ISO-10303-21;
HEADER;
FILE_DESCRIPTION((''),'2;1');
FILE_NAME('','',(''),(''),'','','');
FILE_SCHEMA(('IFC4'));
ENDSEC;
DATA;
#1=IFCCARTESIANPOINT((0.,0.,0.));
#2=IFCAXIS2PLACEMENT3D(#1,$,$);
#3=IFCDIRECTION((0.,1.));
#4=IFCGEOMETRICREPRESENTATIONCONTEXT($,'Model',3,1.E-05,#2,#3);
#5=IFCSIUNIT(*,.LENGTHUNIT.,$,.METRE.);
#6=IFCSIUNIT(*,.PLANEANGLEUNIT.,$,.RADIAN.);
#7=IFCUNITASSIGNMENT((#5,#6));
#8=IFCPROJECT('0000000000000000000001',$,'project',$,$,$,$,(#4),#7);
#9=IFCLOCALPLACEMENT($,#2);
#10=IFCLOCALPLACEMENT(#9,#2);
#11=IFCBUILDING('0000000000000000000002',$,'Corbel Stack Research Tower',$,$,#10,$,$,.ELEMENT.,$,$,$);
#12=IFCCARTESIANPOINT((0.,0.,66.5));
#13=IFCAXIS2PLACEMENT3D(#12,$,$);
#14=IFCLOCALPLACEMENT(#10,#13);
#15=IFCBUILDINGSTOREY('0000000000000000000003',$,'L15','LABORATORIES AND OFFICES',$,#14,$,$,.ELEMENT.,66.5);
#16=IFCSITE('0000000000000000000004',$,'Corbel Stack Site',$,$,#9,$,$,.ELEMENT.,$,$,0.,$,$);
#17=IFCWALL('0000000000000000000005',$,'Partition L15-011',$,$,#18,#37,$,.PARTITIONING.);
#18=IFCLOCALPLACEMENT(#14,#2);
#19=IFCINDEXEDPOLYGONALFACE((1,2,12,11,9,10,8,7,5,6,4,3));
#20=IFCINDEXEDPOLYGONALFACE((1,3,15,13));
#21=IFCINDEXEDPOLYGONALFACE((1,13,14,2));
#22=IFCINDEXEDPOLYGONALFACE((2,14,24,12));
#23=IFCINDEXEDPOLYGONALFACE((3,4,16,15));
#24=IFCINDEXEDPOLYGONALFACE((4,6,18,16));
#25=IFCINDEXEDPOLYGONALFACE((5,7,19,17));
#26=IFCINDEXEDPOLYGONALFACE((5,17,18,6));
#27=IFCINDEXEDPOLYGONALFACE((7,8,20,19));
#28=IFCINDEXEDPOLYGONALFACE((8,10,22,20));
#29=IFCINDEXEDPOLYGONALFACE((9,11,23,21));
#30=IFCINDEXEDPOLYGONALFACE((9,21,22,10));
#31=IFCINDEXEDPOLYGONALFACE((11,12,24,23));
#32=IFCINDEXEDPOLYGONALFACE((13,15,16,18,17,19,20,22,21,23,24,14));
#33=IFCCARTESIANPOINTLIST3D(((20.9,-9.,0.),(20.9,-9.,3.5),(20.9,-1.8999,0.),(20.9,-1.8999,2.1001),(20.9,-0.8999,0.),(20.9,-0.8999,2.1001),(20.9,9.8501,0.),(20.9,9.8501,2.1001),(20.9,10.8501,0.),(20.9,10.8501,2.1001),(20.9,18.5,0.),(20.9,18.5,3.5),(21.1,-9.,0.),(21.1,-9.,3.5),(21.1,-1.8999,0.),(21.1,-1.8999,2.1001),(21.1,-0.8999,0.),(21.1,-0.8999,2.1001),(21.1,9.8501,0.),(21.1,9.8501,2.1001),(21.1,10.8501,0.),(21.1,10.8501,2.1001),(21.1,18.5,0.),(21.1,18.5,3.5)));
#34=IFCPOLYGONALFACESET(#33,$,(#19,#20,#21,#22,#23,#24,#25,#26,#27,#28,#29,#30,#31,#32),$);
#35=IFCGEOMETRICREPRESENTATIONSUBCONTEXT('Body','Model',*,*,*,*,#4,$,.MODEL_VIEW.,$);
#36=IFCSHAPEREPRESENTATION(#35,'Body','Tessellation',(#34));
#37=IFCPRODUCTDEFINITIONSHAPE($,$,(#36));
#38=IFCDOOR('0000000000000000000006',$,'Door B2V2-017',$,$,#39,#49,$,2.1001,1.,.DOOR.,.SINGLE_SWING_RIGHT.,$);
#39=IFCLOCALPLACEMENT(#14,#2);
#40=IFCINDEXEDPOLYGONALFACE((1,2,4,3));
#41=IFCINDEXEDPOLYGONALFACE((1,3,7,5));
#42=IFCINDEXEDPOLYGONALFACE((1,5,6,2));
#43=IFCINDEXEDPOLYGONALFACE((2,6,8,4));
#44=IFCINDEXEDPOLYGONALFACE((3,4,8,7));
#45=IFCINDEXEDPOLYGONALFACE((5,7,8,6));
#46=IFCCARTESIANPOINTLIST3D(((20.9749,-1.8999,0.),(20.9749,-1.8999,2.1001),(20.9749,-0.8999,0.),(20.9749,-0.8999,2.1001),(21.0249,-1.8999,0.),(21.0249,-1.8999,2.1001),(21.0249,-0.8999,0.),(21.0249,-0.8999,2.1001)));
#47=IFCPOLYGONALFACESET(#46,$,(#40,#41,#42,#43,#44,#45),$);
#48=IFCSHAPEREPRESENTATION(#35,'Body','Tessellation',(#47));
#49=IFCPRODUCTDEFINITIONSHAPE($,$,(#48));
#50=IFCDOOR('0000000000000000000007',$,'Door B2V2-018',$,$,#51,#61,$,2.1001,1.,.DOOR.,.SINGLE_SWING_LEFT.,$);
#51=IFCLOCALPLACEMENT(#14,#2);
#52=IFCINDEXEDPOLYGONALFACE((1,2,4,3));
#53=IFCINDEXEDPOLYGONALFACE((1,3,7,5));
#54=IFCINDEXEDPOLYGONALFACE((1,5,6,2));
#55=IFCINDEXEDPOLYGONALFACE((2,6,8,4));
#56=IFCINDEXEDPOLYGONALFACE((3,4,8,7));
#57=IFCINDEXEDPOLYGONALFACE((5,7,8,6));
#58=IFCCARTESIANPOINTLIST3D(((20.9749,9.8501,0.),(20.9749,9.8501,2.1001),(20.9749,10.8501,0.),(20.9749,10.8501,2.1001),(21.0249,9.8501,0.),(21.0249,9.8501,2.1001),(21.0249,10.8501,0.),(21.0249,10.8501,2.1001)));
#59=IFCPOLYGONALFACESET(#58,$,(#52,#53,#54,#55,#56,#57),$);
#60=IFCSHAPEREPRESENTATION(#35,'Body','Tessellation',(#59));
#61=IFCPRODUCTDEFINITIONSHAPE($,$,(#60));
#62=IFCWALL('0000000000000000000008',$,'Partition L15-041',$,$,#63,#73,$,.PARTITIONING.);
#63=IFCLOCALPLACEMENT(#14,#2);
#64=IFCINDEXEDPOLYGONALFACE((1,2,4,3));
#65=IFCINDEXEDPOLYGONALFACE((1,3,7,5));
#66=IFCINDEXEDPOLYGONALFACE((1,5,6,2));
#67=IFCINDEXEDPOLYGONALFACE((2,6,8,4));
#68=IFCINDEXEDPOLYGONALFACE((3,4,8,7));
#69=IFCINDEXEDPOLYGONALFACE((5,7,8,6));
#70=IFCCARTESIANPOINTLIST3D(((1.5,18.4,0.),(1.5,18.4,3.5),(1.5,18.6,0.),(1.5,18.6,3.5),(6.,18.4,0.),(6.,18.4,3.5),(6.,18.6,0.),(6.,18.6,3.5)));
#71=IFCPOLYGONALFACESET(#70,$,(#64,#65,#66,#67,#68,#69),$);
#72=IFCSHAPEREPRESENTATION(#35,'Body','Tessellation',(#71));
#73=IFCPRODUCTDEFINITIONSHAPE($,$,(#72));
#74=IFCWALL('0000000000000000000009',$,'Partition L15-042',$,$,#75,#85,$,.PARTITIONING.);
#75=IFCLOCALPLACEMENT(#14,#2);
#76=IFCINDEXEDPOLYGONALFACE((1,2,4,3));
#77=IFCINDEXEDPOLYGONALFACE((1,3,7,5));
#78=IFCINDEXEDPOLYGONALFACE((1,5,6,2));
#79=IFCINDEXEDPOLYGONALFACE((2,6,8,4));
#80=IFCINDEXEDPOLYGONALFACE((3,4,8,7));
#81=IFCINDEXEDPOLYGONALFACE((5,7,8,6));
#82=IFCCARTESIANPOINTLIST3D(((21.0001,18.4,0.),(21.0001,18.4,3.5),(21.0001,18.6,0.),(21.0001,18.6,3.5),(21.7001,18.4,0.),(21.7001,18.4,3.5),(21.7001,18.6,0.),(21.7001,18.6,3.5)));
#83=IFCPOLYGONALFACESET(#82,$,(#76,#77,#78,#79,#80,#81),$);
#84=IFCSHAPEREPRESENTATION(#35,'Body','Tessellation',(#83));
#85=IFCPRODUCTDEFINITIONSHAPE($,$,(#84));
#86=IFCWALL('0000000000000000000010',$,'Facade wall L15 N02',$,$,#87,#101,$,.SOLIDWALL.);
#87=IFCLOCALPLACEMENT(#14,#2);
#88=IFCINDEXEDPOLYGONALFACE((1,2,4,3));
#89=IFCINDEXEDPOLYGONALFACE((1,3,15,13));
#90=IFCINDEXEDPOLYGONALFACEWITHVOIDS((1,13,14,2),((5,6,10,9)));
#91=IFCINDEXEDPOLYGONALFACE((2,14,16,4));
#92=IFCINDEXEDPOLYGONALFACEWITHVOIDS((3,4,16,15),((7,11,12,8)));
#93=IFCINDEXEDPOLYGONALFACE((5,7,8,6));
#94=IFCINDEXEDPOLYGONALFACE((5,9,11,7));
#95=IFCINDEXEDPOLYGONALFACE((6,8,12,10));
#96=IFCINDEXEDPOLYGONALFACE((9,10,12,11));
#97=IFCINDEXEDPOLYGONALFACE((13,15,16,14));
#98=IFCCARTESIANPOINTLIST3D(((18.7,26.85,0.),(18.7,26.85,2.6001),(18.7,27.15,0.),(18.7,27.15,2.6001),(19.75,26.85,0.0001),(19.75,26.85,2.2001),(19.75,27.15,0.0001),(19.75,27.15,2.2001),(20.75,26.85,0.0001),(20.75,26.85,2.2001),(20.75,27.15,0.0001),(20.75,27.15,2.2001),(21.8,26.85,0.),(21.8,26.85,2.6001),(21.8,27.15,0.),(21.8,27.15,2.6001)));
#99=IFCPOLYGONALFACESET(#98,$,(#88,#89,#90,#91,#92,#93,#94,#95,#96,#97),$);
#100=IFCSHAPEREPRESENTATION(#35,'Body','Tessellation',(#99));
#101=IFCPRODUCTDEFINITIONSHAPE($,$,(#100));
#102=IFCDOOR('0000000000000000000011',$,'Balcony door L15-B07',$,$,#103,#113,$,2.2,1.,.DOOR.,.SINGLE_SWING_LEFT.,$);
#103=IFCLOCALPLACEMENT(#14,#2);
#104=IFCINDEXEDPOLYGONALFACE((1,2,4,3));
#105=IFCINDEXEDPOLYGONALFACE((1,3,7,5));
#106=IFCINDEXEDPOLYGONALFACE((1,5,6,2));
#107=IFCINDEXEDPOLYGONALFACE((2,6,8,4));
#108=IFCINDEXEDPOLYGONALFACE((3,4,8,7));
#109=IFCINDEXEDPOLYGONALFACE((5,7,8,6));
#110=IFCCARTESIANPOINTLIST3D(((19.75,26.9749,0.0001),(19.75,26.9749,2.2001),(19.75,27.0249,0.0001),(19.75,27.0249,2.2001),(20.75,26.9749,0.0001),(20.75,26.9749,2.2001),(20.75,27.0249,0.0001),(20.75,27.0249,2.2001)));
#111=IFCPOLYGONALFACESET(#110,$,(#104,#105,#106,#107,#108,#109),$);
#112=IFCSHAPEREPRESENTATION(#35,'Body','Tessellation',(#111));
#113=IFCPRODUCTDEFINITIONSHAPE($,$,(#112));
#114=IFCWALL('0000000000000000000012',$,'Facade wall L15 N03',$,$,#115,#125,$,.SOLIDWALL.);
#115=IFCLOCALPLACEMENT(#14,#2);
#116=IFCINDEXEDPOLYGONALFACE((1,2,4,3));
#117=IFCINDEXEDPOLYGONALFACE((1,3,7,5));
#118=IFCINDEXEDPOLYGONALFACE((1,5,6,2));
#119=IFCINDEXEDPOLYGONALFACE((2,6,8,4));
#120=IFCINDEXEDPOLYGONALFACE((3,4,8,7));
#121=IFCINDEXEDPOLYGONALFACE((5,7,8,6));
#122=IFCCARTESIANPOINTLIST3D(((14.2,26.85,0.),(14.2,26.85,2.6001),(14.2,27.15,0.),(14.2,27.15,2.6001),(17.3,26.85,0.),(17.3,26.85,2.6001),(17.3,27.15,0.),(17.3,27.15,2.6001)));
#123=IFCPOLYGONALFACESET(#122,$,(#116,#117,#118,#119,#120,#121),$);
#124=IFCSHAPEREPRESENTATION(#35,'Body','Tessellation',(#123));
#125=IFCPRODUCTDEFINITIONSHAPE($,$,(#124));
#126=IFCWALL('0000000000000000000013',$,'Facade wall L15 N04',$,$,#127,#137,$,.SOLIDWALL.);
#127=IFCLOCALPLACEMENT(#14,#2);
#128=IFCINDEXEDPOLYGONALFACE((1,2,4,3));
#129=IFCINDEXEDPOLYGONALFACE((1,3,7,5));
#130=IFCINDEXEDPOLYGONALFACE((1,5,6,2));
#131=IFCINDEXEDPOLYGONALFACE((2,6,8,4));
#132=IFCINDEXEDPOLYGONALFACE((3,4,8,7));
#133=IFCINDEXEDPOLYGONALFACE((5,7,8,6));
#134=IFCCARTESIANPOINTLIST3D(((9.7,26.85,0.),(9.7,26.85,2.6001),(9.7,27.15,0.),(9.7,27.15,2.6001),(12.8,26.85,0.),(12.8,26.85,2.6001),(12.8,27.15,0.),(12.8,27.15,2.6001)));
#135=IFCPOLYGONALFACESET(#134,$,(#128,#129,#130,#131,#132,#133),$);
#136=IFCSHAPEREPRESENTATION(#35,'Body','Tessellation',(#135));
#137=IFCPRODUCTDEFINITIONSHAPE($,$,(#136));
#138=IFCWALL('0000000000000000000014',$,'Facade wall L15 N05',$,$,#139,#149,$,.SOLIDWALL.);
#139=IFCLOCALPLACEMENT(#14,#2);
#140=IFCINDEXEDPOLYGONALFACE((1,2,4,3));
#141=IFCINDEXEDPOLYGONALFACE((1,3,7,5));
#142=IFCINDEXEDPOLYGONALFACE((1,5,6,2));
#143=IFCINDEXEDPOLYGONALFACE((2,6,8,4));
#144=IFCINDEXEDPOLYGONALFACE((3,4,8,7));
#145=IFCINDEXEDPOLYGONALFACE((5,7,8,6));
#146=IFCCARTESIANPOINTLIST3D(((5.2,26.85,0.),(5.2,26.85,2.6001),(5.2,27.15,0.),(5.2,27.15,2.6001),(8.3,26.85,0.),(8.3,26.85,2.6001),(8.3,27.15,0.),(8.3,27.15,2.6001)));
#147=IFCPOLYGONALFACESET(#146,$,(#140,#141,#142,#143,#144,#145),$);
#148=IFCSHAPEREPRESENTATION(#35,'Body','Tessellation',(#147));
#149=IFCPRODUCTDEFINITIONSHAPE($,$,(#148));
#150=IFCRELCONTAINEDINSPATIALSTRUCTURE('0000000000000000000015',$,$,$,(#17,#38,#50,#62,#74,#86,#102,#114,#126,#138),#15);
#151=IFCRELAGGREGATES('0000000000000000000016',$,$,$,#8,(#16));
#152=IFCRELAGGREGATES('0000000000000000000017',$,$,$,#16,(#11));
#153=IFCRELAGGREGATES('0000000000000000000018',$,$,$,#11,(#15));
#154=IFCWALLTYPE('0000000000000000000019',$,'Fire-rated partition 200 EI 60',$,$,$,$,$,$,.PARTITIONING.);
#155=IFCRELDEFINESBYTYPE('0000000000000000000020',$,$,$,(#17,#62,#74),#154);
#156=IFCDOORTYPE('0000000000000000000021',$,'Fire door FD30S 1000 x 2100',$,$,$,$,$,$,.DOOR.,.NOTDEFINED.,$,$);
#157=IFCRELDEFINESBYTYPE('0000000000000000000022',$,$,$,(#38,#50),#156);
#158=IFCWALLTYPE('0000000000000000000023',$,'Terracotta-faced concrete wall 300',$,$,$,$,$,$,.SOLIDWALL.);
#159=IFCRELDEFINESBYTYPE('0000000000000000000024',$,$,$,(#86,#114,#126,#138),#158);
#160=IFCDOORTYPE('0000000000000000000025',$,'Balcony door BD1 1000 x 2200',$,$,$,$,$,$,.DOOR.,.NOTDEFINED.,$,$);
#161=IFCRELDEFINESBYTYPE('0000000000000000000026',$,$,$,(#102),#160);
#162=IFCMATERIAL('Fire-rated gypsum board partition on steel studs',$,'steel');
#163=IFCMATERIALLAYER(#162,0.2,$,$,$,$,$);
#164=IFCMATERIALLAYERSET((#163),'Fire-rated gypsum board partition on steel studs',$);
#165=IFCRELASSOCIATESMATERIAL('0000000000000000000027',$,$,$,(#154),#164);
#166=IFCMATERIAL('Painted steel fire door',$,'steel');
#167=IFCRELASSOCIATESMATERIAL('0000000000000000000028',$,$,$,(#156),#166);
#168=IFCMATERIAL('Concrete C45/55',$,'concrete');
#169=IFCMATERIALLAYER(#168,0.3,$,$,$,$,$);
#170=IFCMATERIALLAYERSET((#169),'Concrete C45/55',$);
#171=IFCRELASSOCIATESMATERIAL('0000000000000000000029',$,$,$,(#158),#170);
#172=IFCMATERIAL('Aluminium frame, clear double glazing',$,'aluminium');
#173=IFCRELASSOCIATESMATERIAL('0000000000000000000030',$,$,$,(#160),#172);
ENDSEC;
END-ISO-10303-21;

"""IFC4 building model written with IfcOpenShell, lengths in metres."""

from ifc_helpers import new_model, si_unit, direction, frame, frame_2d, origin, place, context, subcontext, project, spatial, rectangle, extrude, material, layer, layer_set, type_object, element, fill, save


model = new_model("IFC4")

# Units and contexts
model_context = context("Model", 3, precision=1e-05, world=origin(), true_north=direction((0.0, 1.0)))
body_context = subcontext(model_context, "Body", "Model", "MODEL_VIEW")
ifc_project = project(units=[si_unit("LENGTHUNIT", "METRE"), si_unit("PLANEANGLEUNIT", "RADIAN")], contexts=[model_context])

# Site, building, storey
site_placement = place(None, origin())
site = spatial("IfcSite", under=ifc_project, at=site_placement, Name="Corbel Stack Site", CompositionType="ELEMENT", RefElevation=0.0)
building_placement = place(site_placement, origin())
building = spatial("IfcBuilding", under=site, at=building_placement, Name="Corbel Stack Research Tower", CompositionType="ELEMENT")
storey_placement = place(building_placement, frame((0.0, 0.0, 66.5)))
storey = spatial("IfcBuildingStorey", under=building, at=storey_placement, Name="L15", Description="LABORATORIES AND OFFICES", CompositionType="ELEMENT", Elevation=66.5)

# Shared definitions
ifc_material_1 = material(Name="Fire-rated gypsum board partition on steel studs", Category="steel")
ifc_layer_1 = layer(ifc_material_1, 0.2)
ifc_layer_set_1 = layer_set([ifc_layer_1], Name="Fire-rated gypsum board partition on steel studs")
wall_type_1 = type_object("IfcWallType", Name="Fire-rated partition 200 EI 60", PredefinedType="PARTITIONING", material=ifc_layer_set_1)

# Wall, openings, doors
wall_1_placement = place(storey_placement, frame((21.0, 18.5, 0.0), z_axis=(0.0, 0.0, 1.0), x_axis=(0.0, -1.0, 0.0)))
wall_1 = element("IfcWall", 1, at=wall_1_placement, inside=storey, type_object=wall_type_1, Name="Partition L15-011", PredefinedType="PARTITIONING", context=body_context, shape_type="SweptSolid", body=[
    extrude(rectangle(XDim=27.5, YDim=0.2, at=frame_2d((13.75, 0.0))), origin(), (0.0, 0.0, 1.0), 3.5),
])
opening_1_placement = place(wall_1_placement, frame((19.3999, 0.0, 0.0)))
opening_1 = element("IfcOpeningElement", 2, at=opening_1_placement, cuts=wall_1, PredefinedType="OPENING", context=body_context, shape_type="SweptSolid", body=[
    extrude(rectangle(XDim=1.0, YDim=2.1001, at=frame_2d((0.5, 1.05))), frame((0.0, 0.1099, 0.0), z_axis=(0.0, -1.0, 0.0), x_axis=(1.0, 0.0, 0.0)), (0.0, 0.0, 1.0), 0.22),
])
opening_2_placement = place(wall_1_placement, frame((7.6499, 0.0, 0.0)))
opening_2 = element("IfcOpeningElement", 3, at=opening_2_placement, cuts=wall_1, PredefinedType="OPENING", context=body_context, shape_type="SweptSolid", body=[
    extrude(rectangle(XDim=1.0, YDim=2.1001, at=frame_2d((0.5, 1.05))), frame((0.0, 0.1099, 0.0), z_axis=(0.0, -1.0, 0.0), x_axis=(1.0, 0.0, 0.0)), (0.0, 0.0, 1.0), 0.22),
])
ifc_material_2 = material(Name="Painted steel fire door", Category="steel")
door_type_1 = type_object("IfcDoorType", Name="Fire door FD30S 1000 x 2100", OperationType="NOTDEFINED", PredefinedType="DOOR", material=ifc_material_2)
door_1_placement = place(opening_1_placement, origin())
door_1 = element("IfcDoor", 4, at=door_1_placement, inside=storey, type_object=door_type_1, Name="Door B2V2-017", OperationType="SINGLE_SWING_RIGHT", OverallHeight=2.1001, OverallWidth=1.0, PredefinedType="DOOR", context=body_context, shape_type="SweptSolid", body=[
    extrude(rectangle(XDim=1.0, YDim=2.1001, at=frame_2d((0.5, 1.05))), frame((0.0, 0.0249, 0.0), z_axis=(0.0, -1.0, 0.0), x_axis=(1.0, 0.0, 0.0)), (0.0, 0.0, 1.0), 0.05),
])
fill(opening_1, door_1)
door_2_placement = place(opening_2_placement, origin())
door_2 = element("IfcDoor", 5, at=door_2_placement, inside=storey, type_object=door_type_1, Name="Door B2V2-018", OperationType="SINGLE_SWING_LEFT", OverallHeight=2.1001, OverallWidth=1.0, PredefinedType="DOOR", context=body_context, shape_type="SweptSolid", body=[
    extrude(rectangle(XDim=1.0, YDim=2.1001, at=frame_2d((0.5, 1.05))), frame((0.0, 0.0249, 0.0), z_axis=(0.0, -1.0, 0.0), x_axis=(1.0, 0.0, 0.0)), (0.0, 0.0, 1.0), 0.05),
])
fill(opening_2, door_2)

# Walls
wall_2_placement = place(storey_placement, frame((1.5, 18.5, 0.0), z_axis=(0.0, 0.0, 1.0), x_axis=(1.0, 0.0, 0.0)))
element("IfcWall", 6, at=wall_2_placement, inside=storey, type_object=wall_type_1, Name="Partition L15-041", PredefinedType="PARTITIONING", context=body_context, shape_type="SweptSolid", body=[
    extrude(rectangle(XDim=4.5, YDim=0.2, at=frame_2d((2.25, 0.0))), origin(), (0.0, 0.0, 1.0), 3.5),
])
wall_3_placement = place(storey_placement, frame((21.0, 18.5, 0.0), z_axis=(0.0, 0.0, 1.0), x_axis=(1.0, 0.0, 0.0)))
element("IfcWall", 7, at=wall_3_placement, inside=storey, type_object=wall_type_1, Name="Partition L15-042", PredefinedType="PARTITIONING", context=body_context, shape_type="SweptSolid", body=[
    extrude(rectangle(XDim=0.7, YDim=0.2, at=frame_2d((0.3501, 0.0))), origin(), (0.0, 0.0, 1.0), 3.5),
])

# Wall, opening, door
ifc_material_3 = material(Name="Concrete C45/55", Category="concrete")
ifc_layer_2 = layer(ifc_material_3, 0.3)
ifc_layer_set_2 = layer_set([ifc_layer_2], Name="Concrete C45/55")
wall_type_2 = type_object("IfcWallType", Name="Terracotta-faced concrete wall 300", PredefinedType="SOLIDWALL", material=ifc_layer_set_2)
wall_4_placement = place(storey_placement, frame((18.7, 27.0, 0.0), z_axis=(0.0, 0.0, 1.0), x_axis=(1.0, 0.0, 0.0)))
wall_4 = element("IfcWall", 8, at=wall_4_placement, inside=storey, type_object=wall_type_2, Name="Facade wall L15 N02", PredefinedType="SOLIDWALL", context=body_context, shape_type="SweptSolid", body=[
    extrude(rectangle(XDim=3.1001, YDim=0.3, at=frame_2d((1.55, 0.0))), origin(), (0.0, 0.0, 1.0), 2.6001),
])
opening_3_placement = place(wall_4_placement, frame((1.05, 0.0, 0.0)))
opening_3 = element("IfcOpeningElement", 9, at=opening_3_placement, cuts=wall_4, PredefinedType="OPENING", context=body_context, shape_type="SweptSolid", body=[
    extrude(rectangle(XDim=1.0, YDim=2.2, at=frame_2d((0.5, 1.1001))), frame((0.0, 0.1599, 0.0), z_axis=(0.0, -1.0, 0.0), x_axis=(1.0, 0.0, 0.0)), (0.0, 0.0, 1.0), 0.3201),
])
ifc_material_4 = material(Name="Aluminium frame, clear double glazing", Category="aluminium")
door_type_2 = type_object("IfcDoorType", Name="Balcony door BD1 1000 x 2200", OperationType="NOTDEFINED", PredefinedType="DOOR", material=ifc_material_4)
door_3_placement = place(opening_3_placement, origin())
door_3 = element("IfcDoor", 10, at=door_3_placement, inside=storey, type_object=door_type_2, Name="Balcony door L15-B07", OperationType="SINGLE_SWING_LEFT", OverallHeight=2.2, OverallWidth=1.0, PredefinedType="DOOR", context=body_context, shape_type="SweptSolid", body=[
    extrude(rectangle(XDim=1.0, YDim=2.2, at=frame_2d((0.5, 1.1001))), frame((0.0, 0.0249, 0.0), z_axis=(0.0, -1.0, 0.0), x_axis=(1.0, 0.0, 0.0)), (0.0, 0.0, 1.0), 0.05),
])
fill(opening_3, door_3)

# Walls
for number, where, z_axis, x_axis, name in (
    (11, (14.2, 27.0, 0.0), (0.0, 0.0, 1.0), (1.0, 0.0, 0.0), "Facade wall L15 N03"),
    (12, (9.7, 27.0, 0.0), (0.0, 0.0, 1.0), (1.0, 0.0, 0.0), "Facade wall L15 N04"),
    (13, (5.2, 27.0, 0.0), (0.0, 0.0, 1.0), (1.0, 0.0, 0.0), "Facade wall L15 N05"),
):
    element("IfcWall", number, at=place(storey_placement, frame(where, z_axis=z_axis, x_axis=x_axis)), inside=storey, type_object=wall_type_2, Name=name, PredefinedType="SOLIDWALL", context=body_context, shape_type="SweptSolid", body=[
        extrude(rectangle(XDim=3.1001, YDim=0.3, at=frame_2d((1.55, 0.0))), origin(), (0.0, 0.0, 1.0), 2.6001),
    ])

save(model, "model.ifc")
